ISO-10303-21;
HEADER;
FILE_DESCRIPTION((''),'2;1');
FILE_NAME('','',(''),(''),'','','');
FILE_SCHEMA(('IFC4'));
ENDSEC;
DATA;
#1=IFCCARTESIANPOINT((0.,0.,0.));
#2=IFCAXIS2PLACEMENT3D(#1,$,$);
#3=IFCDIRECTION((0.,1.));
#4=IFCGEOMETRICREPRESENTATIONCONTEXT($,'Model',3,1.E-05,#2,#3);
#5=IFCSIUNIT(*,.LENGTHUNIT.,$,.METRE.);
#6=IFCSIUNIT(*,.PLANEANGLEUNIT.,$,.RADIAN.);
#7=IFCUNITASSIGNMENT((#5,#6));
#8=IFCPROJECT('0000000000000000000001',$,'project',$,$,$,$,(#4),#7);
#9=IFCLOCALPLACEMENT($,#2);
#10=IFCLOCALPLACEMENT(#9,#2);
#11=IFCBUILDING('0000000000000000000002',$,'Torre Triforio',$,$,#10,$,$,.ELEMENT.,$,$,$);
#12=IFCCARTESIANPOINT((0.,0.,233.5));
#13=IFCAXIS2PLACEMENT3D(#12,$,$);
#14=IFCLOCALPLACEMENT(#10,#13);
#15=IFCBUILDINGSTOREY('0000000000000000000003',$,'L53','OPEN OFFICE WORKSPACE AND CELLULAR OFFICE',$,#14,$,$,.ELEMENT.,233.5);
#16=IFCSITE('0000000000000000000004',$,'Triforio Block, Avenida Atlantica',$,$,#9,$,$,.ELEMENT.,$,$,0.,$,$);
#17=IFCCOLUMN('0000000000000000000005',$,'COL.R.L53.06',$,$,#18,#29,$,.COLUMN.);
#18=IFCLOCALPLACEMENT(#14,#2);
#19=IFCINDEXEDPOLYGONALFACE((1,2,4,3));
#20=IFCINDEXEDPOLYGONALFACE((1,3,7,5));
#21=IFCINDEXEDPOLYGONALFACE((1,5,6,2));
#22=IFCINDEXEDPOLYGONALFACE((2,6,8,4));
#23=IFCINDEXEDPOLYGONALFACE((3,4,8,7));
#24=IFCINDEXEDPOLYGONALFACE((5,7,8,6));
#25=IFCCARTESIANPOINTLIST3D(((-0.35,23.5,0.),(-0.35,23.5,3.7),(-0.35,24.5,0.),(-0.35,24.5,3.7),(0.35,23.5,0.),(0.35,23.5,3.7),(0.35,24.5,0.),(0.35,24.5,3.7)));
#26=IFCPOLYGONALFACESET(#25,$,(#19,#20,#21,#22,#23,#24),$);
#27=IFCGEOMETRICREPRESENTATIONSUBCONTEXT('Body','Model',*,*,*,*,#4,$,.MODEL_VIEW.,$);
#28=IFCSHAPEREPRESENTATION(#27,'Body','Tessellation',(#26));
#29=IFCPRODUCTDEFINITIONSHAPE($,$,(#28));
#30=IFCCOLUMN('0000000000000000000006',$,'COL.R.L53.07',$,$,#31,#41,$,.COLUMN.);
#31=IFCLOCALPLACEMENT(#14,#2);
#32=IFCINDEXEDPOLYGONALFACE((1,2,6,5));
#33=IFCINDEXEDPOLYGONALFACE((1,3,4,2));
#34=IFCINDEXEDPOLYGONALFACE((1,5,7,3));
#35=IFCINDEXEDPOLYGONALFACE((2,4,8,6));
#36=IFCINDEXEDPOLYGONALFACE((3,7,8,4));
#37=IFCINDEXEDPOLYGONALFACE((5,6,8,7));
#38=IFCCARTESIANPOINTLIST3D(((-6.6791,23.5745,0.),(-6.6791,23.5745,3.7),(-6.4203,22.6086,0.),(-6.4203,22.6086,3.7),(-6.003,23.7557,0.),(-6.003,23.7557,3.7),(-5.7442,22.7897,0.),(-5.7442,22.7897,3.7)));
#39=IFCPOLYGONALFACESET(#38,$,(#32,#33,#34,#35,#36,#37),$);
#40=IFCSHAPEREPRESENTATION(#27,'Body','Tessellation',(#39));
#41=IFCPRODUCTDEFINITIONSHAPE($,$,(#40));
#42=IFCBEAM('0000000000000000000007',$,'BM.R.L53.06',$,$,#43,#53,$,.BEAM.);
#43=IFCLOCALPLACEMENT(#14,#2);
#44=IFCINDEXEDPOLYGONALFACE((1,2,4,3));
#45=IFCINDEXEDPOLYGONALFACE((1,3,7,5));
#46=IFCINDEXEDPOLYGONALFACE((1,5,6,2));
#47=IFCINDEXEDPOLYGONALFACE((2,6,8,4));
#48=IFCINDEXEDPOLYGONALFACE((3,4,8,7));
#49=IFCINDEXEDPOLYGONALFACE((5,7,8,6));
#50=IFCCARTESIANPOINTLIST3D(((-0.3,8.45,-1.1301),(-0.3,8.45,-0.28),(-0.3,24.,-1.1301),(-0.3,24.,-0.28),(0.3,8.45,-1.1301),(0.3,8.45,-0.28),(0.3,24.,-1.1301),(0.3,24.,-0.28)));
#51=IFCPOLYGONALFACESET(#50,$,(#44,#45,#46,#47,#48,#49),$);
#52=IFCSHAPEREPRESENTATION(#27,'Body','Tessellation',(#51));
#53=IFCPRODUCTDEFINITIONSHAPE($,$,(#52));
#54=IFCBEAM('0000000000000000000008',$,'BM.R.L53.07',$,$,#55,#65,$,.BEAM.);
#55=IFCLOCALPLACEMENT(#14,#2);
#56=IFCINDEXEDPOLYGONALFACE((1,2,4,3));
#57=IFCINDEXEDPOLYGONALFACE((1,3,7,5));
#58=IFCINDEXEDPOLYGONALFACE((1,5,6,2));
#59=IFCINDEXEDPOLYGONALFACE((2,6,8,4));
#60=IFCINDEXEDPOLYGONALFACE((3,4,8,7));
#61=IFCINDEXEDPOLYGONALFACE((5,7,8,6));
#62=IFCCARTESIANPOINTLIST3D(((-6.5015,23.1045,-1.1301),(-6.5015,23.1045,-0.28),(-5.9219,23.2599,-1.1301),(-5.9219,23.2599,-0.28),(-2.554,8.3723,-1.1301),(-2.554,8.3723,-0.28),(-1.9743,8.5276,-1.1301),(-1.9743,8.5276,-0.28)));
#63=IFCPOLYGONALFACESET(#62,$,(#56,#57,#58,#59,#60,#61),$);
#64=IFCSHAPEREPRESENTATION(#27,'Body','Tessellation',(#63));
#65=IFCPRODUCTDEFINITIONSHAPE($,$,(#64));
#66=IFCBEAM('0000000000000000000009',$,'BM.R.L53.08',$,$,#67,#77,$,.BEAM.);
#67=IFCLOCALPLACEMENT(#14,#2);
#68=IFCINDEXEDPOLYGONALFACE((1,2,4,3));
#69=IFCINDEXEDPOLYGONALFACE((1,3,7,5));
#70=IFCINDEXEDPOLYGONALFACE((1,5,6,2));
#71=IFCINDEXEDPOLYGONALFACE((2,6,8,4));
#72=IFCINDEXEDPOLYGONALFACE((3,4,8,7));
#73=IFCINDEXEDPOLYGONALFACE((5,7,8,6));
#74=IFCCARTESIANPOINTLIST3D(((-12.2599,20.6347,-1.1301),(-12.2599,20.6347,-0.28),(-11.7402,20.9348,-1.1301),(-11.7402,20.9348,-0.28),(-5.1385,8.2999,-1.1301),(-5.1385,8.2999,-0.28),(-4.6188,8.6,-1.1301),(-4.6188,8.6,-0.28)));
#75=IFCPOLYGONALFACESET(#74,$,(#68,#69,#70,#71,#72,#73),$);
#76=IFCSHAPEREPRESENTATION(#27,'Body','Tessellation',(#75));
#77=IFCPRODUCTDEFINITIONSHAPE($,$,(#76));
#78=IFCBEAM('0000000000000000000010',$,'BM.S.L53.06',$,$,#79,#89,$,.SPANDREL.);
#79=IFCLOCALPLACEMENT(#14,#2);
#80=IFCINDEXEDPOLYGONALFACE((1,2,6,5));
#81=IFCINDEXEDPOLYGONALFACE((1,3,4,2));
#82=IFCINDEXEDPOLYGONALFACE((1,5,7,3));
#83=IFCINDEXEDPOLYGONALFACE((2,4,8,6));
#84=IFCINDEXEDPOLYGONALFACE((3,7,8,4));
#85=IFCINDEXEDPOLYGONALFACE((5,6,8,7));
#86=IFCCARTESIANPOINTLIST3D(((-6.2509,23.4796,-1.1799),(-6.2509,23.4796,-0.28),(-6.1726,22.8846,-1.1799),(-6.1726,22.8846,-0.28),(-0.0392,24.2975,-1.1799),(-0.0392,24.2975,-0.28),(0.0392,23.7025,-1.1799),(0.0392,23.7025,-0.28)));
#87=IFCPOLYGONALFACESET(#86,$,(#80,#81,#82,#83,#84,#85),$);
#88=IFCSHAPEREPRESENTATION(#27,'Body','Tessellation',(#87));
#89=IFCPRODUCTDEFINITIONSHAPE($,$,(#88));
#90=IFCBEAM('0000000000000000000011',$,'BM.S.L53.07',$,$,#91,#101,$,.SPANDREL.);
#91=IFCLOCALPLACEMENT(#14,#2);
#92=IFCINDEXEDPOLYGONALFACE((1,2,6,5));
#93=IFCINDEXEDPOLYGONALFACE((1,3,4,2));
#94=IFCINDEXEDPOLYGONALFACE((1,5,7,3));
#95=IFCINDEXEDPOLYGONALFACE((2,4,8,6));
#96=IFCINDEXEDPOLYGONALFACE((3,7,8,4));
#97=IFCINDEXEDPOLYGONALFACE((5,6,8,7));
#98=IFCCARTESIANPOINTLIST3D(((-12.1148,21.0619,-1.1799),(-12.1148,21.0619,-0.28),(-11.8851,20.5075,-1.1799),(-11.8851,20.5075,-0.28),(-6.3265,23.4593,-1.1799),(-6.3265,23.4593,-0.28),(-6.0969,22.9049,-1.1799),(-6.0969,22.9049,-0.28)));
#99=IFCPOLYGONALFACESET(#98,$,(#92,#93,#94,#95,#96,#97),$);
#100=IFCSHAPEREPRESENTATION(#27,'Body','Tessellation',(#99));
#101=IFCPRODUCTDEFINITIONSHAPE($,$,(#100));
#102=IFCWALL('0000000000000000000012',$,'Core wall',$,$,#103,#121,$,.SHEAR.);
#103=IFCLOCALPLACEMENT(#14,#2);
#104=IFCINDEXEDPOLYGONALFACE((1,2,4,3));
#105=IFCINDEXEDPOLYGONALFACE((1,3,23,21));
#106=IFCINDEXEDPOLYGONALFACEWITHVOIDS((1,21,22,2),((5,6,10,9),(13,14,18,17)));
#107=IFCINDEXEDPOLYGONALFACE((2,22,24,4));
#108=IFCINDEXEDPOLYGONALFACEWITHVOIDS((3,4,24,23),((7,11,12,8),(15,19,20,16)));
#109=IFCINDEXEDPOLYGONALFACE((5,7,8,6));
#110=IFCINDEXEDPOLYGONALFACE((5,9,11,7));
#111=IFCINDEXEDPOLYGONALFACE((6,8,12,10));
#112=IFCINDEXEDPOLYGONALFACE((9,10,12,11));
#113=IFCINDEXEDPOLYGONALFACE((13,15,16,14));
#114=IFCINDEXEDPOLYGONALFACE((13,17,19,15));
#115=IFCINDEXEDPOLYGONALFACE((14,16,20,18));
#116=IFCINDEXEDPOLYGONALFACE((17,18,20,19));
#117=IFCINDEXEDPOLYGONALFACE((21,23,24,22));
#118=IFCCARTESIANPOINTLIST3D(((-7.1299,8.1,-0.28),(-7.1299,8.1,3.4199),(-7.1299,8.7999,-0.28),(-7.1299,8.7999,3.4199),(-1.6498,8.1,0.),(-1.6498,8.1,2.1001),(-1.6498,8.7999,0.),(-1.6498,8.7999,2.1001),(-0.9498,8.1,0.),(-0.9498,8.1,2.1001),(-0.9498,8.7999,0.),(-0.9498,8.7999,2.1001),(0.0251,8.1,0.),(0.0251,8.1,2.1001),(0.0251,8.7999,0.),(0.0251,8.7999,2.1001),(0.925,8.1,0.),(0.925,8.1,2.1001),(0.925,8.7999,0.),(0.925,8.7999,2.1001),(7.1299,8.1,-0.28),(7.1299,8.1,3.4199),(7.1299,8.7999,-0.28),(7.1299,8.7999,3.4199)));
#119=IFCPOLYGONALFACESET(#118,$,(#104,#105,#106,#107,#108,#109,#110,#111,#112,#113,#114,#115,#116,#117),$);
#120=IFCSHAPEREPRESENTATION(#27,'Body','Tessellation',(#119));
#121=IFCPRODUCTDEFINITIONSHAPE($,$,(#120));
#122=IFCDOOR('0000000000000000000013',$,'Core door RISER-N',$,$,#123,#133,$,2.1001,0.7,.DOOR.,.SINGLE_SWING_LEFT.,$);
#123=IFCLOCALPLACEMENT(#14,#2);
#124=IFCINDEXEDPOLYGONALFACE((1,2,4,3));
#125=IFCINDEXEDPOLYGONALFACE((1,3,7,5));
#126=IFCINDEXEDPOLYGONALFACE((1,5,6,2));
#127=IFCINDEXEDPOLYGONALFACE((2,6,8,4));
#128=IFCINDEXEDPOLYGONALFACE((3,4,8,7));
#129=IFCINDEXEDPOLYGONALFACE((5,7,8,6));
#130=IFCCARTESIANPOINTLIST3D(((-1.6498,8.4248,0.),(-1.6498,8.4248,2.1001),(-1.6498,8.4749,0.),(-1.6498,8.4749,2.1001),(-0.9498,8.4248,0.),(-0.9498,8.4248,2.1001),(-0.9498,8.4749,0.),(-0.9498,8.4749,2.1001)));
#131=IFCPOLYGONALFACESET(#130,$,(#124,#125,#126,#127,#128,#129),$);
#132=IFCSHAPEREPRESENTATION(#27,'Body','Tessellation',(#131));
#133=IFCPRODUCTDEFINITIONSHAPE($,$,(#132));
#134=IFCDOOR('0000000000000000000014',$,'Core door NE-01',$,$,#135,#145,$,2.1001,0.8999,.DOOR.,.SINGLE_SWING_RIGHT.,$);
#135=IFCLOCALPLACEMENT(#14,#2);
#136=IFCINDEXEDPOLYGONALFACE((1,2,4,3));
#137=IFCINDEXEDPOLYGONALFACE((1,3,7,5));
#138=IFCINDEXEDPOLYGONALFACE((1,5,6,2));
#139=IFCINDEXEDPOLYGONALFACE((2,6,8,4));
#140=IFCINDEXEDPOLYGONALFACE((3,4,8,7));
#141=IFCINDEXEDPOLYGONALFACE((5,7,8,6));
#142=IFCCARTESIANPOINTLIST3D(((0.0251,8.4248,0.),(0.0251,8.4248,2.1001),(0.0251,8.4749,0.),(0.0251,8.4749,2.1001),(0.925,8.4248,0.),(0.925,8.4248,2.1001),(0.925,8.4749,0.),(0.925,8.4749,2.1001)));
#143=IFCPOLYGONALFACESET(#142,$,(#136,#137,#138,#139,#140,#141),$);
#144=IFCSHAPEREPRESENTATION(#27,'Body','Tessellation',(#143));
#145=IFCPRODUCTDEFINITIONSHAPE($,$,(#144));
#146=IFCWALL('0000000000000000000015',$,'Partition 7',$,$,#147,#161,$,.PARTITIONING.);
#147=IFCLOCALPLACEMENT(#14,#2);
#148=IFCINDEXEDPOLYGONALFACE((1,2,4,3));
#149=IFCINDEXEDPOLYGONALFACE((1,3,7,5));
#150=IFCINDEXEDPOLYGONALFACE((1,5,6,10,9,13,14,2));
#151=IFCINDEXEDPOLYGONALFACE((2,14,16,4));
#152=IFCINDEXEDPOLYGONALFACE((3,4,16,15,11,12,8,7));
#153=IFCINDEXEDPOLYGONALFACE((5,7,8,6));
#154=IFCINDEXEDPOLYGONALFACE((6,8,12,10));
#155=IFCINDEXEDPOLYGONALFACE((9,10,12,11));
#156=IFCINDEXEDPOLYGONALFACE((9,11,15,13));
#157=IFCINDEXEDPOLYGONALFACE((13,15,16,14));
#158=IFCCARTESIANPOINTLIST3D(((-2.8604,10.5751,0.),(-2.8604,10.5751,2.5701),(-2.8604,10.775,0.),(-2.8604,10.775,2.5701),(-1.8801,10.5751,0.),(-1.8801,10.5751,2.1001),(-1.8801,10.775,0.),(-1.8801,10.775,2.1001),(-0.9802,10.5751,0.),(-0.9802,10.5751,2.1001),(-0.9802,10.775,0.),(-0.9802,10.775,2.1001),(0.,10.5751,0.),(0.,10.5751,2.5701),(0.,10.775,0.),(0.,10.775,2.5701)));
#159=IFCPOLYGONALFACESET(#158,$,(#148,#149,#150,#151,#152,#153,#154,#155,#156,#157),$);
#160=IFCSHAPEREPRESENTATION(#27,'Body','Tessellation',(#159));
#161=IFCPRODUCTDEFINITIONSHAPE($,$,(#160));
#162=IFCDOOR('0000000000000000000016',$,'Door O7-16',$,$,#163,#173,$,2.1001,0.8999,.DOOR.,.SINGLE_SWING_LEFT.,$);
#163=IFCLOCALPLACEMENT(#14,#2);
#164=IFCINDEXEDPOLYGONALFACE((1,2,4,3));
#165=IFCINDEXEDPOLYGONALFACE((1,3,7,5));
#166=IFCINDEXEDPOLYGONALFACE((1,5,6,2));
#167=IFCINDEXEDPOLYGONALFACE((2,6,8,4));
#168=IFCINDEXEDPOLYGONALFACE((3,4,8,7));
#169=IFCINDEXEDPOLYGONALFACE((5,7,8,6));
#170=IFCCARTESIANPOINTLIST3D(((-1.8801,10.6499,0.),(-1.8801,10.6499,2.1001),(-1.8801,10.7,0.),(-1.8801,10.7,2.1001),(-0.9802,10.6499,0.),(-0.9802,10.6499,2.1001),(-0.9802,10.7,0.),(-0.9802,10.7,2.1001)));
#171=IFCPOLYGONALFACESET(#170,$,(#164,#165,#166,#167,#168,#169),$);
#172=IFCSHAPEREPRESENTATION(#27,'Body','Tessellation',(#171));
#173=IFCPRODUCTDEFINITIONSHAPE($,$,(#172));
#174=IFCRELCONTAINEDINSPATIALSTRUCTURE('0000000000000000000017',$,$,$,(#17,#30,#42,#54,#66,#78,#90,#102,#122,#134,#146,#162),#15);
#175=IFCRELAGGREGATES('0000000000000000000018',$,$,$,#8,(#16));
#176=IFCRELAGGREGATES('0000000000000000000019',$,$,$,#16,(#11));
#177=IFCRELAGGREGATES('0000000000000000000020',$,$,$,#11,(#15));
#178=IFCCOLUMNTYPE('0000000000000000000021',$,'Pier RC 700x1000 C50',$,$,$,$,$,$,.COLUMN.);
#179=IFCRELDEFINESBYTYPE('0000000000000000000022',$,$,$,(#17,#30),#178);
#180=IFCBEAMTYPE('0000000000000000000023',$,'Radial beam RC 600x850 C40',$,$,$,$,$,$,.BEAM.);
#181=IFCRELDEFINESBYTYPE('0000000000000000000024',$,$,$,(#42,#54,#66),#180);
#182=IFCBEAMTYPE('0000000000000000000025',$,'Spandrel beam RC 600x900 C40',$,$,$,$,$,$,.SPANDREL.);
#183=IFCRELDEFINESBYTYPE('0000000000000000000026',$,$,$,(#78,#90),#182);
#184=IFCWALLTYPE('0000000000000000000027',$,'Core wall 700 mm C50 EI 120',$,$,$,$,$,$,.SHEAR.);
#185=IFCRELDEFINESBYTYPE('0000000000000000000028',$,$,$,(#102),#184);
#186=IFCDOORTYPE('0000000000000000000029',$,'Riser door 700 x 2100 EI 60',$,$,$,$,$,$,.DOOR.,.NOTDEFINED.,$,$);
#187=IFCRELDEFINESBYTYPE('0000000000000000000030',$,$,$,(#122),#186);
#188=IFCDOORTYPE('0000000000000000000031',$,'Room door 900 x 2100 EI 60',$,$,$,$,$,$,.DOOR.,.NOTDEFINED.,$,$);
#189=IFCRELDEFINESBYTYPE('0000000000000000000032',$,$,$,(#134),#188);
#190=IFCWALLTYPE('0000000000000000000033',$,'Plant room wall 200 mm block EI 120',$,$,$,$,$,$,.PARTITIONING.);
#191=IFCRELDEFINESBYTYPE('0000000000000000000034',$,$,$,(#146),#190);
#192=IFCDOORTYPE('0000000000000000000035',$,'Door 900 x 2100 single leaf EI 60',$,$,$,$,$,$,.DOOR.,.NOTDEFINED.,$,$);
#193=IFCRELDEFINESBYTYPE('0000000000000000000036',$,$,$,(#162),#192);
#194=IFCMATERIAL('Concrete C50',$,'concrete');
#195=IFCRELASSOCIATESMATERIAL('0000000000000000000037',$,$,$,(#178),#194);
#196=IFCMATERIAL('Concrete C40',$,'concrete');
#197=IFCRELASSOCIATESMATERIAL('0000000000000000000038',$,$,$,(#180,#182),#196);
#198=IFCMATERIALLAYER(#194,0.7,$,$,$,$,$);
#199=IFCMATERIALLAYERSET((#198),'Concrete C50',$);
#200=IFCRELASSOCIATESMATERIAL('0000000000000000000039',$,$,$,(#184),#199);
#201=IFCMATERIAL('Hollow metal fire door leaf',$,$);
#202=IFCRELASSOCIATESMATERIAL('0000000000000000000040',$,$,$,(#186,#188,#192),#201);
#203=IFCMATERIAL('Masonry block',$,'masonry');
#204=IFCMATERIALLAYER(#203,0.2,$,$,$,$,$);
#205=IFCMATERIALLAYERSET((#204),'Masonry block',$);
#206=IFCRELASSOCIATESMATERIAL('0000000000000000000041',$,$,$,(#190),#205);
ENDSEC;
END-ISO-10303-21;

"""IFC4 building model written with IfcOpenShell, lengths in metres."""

from ifc_helpers import new_model, si_unit, direction, frame, frame_2d, origin, origin_2d, place, context, subcontext, project, spatial, rectangle, extrude, material, layer, layer_set, material_profile, profile_set, type_object, element, fill, save


model = new_model("IFC4")

# Units and contexts
model_context = context("Model", 3, precision=1e-05, world=origin(), true_north=direction((0.0, 1.0)))
body_context = subcontext(model_context, "Body", "Model", "MODEL_VIEW")
ifc_project = project(units=[si_unit("LENGTHUNIT", "METRE"), si_unit("PLANEANGLEUNIT", "RADIAN")], contexts=[model_context])

# Site, building, storey
site_placement = place(None, origin())
site = spatial("IfcSite", under=ifc_project, at=site_placement, Name="Triforio Block, Avenida Atlantica", CompositionType="ELEMENT", RefElevation=0.0)
building_placement = place(site_placement, origin())
building = spatial("IfcBuilding", under=site, at=building_placement, Name="Torre Triforio", CompositionType="ELEMENT")
storey_placement = place(building_placement, frame((0.0, 0.0, 233.5)))
storey = spatial("IfcBuildingStorey", under=building, at=storey_placement, Name="L53", Description="OPEN OFFICE WORKSPACE AND CELLULAR OFFICE", CompositionType="ELEMENT", Elevation=233.5)

# Columns
ifc_material_1 = material(Name="Concrete C50", Category="concrete")
ifc_material_profile_1 = material_profile(ifc_material_1, rectangle(XDim=0.7, YDim=1.0, at=origin_2d()), Name="RC 700x1000")
ifc_profile_set_1 = profile_set([ifc_material_profile_1], Name="Concrete C50")
column_type = type_object("IfcColumnType", Name="Pier RC 700x1000 C50", PredefinedType="COLUMN", material=ifc_profile_set_1)
for number, where, z_axis, x_axis, name in (
    (1, (0.0, 24.0, 0.0), (0.0, 0.0, 1.0), (-1.0, 0.0, 0.0), "COL.R.L53.06"),
    (2, (-6.2117, 23.1821, 0.0), (0.0, 0.0, 1.0), (-0.965926, -0.258819, 0.0), "COL.R.L53.07"),
):
    element("IfcColumn", number, at=place(storey_placement, frame(where, z_axis=z_axis, x_axis=x_axis)), inside=storey, type_object=column_type, Name=name, PredefinedType="COLUMN", context=body_context, shape_type="SweptSolid", body=[
        extrude(rectangle(XDim=0.7, YDim=1.0, at=origin_2d()), origin(), (0.0, 0.0, 1.0), 3.7),
    ])

# Beams
ifc_material_2 = material(Name="Concrete C40", Category="concrete")
ifc_material_profile_2 = material_profile(ifc_material_2, rectangle(XDim=0.6001, YDim=0.8501, at=origin_2d()), Name="RC 600x850")
ifc_profile_set_2 = profile_set([ifc_material_profile_2], Name="Concrete C40")
beam_type_1 = type_object("IfcBeamType", Name="Radial beam RC 600x850 C40", PredefinedType="BEAM", material=ifc_profile_set_2)
beam_1_placement = place(storey_placement, frame((0.0, 8.45, -0.7051), z_axis=(0.0, 1.0, 0.0), x_axis=(-1.0, 0.0, 0.0)))
element("IfcBeam", 3, at=beam_1_placement, inside=storey, type_object=beam_type_1, Name="BM.R.L53.06", PredefinedType="BEAM", context=body_context, shape_type="SweptSolid", body=[
    extrude(rectangle(XDim=0.6001, YDim=0.8501, at=origin_2d()), origin(), (0.0, 0.0, 1.0), 15.55),
])
beam_2_placement = place(storey_placement, frame((-2.2642, 8.45, -0.7051), z_axis=(-0.258821, 0.965925, 0.0), x_axis=(-0.965925, -0.258821, 0.0)))
element("IfcBeam", 4, at=beam_2_placement, inside=storey, type_object=beam_type_1, Name="BM.R.L53.07", PredefinedType="BEAM", context=body_context, shape_type="SweptSolid", body=[
    extrude(rectangle(XDim=0.6001, YDim=0.8501, at=origin_2d()), origin(), (0.0, 0.0, 1.0), 15.252),
])
beam_3_placement = place(storey_placement, frame((-4.8787, 8.45, -0.7051), z_axis=(-0.499994, 0.866029, 0.0), x_axis=(-0.866029, -0.499994, 0.0)))
element("IfcBeam", 5, at=beam_3_placement, inside=storey, type_object=beam_type_1, Name="BM.R.L53.08", PredefinedType="BEAM", context=body_context, shape_type="SweptSolid", body=[
    extrude(rectangle(XDim=0.6001, YDim=0.8501, at=origin_2d()), origin(), (0.0, 0.0, 1.0), 14.2429),
])
ifc_material_profile_3 = material_profile(ifc_material_2, rectangle(XDim=0.6001, YDim=0.8999, at=origin_2d()), Name="RC 600x900")
ifc_profile_set_3 = profile_set([ifc_material_profile_3], Name="Concrete C40")
beam_type_2 = type_object("IfcBeamType", Name="Spandrel beam RC 600x900 C40", PredefinedType="SPANDREL", material=ifc_profile_set_3)
beam_4_placement = place(storey_placement, frame((0.0, 24.0, -0.73), z_axis=(-0.991443, -0.13054, 0.0), x_axis=(0.13054, -0.991443, 0.0)))
element("IfcBeam", 6, at=beam_4_placement, inside=storey, type_object=beam_type_2, Name="BM.S.L53.06", PredefinedType="SPANDREL", context=body_context, shape_type="SweptSolid", body=[
    extrude(rectangle(XDim=0.6001, YDim=0.8999, at=origin_2d()), origin(), (0.0, 0.0, 1.0), 6.2654),
])
beam_5_placement = place(storey_placement, frame((-6.2117, 23.1821, -0.73), z_axis=(-0.923888, -0.382664, 0.0), x_axis=(0.382664, -0.923888, 0.0)))
element("IfcBeam", 7, at=beam_5_placement, inside=storey, type_object=beam_type_2, Name="BM.S.L53.07", PredefinedType="SPANDREL", context=body_context, shape_type="SweptSolid", body=[
    extrude(rectangle(XDim=0.6001, YDim=0.8999, at=origin_2d()), origin(), (0.0, 0.0, 1.0), 6.2651),
])

# Wall, openings, doors
ifc_layer_1 = layer(ifc_material_1, 0.7)
ifc_layer_set_1 = layer_set([ifc_layer_1], Name="Concrete C50")
wall_type_1 = type_object("IfcWallType", Name="Core wall 700 mm C50 EI 120", PredefinedType="SHEAR", material=ifc_layer_set_1)
wall_1_placement = place(storey_placement, frame((-7.1299, 8.45, -0.28), z_axis=(0.0, 0.0, 1.0), x_axis=(1.0, 0.0, 0.0)))
wall_1 = element("IfcWall", 8, at=wall_1_placement, inside=storey, type_object=wall_type_1, Name="Core wall", PredefinedType="SHEAR", context=body_context, shape_type="SweptSolid", body=[
    extrude(rectangle(XDim=14.2598, YDim=0.7, at=frame_2d((7.1299, 0.0))), origin(), (0.0, 0.0, 1.0), 3.7),
])
opening_1_placement = place(wall_1_placement, frame((5.48, 0.0, 0.28)))
opening_1 = element("IfcOpeningElement", 9, at=opening_1_placement, cuts=wall_1, PredefinedType="OPENING", context=body_context, shape_type="SweptSolid", body=[
    extrude(rectangle(XDim=0.7, YDim=2.1001, at=frame_2d((0.3501, 1.05))), frame((0.0, 0.3599, 0.0), z_axis=(0.0, -1.0, 0.0), x_axis=(1.0, 0.0, 0.0)), (0.0, 0.0, 1.0), 0.72),
])
opening_2_placement = place(wall_1_placement, frame((7.155, 0.0, 0.28)))
opening_2 = element("IfcOpeningElement", 10, at=opening_2_placement, cuts=wall_1, PredefinedType="OPENING", context=body_context, shape_type="SweptSolid", body=[
    extrude(rectangle(XDim=0.8999, YDim=2.1001, at=frame_2d((0.45, 1.05))), frame((0.0, 0.3599, 0.0), z_axis=(0.0, -1.0, 0.0), x_axis=(1.0, 0.0, 0.0)), (0.0, 0.0, 1.0), 0.72),
])
ifc_material_3 = material(Name="Hollow metal fire door leaf")
door_type_1 = type_object("IfcDoorType", Name="Riser door 700 x 2100 EI 60", OperationType="NOTDEFINED", PredefinedType="DOOR", material=ifc_material_3)
door_1_placement = place(opening_1_placement, origin())
door_1 = element("IfcDoor", 11, at=door_1_placement, inside=storey, type_object=door_type_1, Name="Core door RISER-N", OperationType="SINGLE_SWING_LEFT", OverallHeight=2.1001, OverallWidth=0.7, PredefinedType="DOOR", context=body_context, shape_type="SweptSolid", body=[
    extrude(rectangle(XDim=0.7, YDim=2.1001, at=frame_2d((0.3501, 1.05))), frame((0.0, 0.0249, 0.0), z_axis=(0.0, -1.0, 0.0), x_axis=(1.0, 0.0, 0.0)), (0.0, 0.0, 1.0), 0.05),
])
fill(opening_1, door_1)
door_type_2 = type_object("IfcDoorType", Name="Room door 900 x 2100 EI 60", OperationType="NOTDEFINED", PredefinedType="DOOR", material=ifc_material_3)
door_2_placement = place(opening_2_placement, origin())
door_2 = element("IfcDoor", 12, at=door_2_placement, inside=storey, type_object=door_type_2, Name="Core door NE-01", OperationType="SINGLE_SWING_RIGHT", OverallHeight=2.1001, OverallWidth=0.8999, PredefinedType="DOOR", context=body_context, shape_type="SweptSolid", body=[
    extrude(rectangle(XDim=0.8999, YDim=2.1001, at=frame_2d((0.45, 1.05))), frame((0.0, 0.0249, 0.0), z_axis=(0.0, -1.0, 0.0), x_axis=(1.0, 0.0, 0.0)), (0.0, 0.0, 1.0), 0.05),
])
fill(opening_2, door_2)

# Wall, opening, door
ifc_material_4 = material(Name="Masonry block", Category="masonry")
ifc_layer_2 = layer(ifc_material_4, 0.2)
ifc_layer_set_2 = layer_set([ifc_layer_2], Name="Masonry block")
wall_type_2 = type_object("IfcWallType", Name="Plant room wall 200 mm block EI 120", PredefinedType="PARTITIONING", material=ifc_layer_set_2)
wall_2_placement = place(storey_placement, frame((-2.8604, 10.675, 0.0), z_axis=(0.0, 0.0, 1.0), x_axis=(1.0, 0.0, 0.0)))
wall_2 = element("IfcWall", 13, at=wall_2_placement, inside=storey, type_object=wall_type_2, Name="Partition 7", PredefinedType="PARTITIONING", context=body_context, shape_type="SweptSolid", body=[
    extrude(rectangle(XDim=2.8604, YDim=0.2, at=frame_2d((1.4302, 0.0))), origin(), (0.0, 0.0, 1.0), 2.5701),
])
opening_3_placement = place(wall_2_placement, frame((0.9802, 0.0, 0.0)))
opening_3 = element("IfcOpeningElement", 14, at=opening_3_placement, cuts=wall_2, PredefinedType="OPENING", context=body_context, shape_type="SweptSolid", body=[
    extrude(rectangle(XDim=0.8999, YDim=2.1001, at=frame_2d((0.45, 1.05))), frame((0.0, 0.1099, 0.0), z_axis=(0.0, -1.0, 0.0), x_axis=(1.0, 0.0, 0.0)), (0.0, 0.0, 1.0), 0.22),
])
door_type_3 = type_object("IfcDoorType", Name="Door 900 x 2100 single leaf EI 60", OperationType="NOTDEFINED", PredefinedType="DOOR", material=ifc_material_3)
door_3_placement = place(opening_3_placement, origin())
door_3 = element("IfcDoor", 15, at=door_3_placement, inside=storey, type_object=door_type_3, Name="Door O7-16", OperationType="SINGLE_SWING_LEFT", OverallHeight=2.1001, OverallWidth=0.8999, PredefinedType="DOOR", context=body_context, shape_type="SweptSolid", body=[
    extrude(rectangle(XDim=0.8999, YDim=2.1001, at=frame_2d((0.45, 1.05))), frame((0.0, 0.0249, 0.0), z_axis=(0.0, -1.0, 0.0), x_axis=(1.0, 0.0, 0.0)), (0.0, 0.0, 1.0), 0.05),
])
fill(opening_3, door_3)

save(model, "model.ifc")
